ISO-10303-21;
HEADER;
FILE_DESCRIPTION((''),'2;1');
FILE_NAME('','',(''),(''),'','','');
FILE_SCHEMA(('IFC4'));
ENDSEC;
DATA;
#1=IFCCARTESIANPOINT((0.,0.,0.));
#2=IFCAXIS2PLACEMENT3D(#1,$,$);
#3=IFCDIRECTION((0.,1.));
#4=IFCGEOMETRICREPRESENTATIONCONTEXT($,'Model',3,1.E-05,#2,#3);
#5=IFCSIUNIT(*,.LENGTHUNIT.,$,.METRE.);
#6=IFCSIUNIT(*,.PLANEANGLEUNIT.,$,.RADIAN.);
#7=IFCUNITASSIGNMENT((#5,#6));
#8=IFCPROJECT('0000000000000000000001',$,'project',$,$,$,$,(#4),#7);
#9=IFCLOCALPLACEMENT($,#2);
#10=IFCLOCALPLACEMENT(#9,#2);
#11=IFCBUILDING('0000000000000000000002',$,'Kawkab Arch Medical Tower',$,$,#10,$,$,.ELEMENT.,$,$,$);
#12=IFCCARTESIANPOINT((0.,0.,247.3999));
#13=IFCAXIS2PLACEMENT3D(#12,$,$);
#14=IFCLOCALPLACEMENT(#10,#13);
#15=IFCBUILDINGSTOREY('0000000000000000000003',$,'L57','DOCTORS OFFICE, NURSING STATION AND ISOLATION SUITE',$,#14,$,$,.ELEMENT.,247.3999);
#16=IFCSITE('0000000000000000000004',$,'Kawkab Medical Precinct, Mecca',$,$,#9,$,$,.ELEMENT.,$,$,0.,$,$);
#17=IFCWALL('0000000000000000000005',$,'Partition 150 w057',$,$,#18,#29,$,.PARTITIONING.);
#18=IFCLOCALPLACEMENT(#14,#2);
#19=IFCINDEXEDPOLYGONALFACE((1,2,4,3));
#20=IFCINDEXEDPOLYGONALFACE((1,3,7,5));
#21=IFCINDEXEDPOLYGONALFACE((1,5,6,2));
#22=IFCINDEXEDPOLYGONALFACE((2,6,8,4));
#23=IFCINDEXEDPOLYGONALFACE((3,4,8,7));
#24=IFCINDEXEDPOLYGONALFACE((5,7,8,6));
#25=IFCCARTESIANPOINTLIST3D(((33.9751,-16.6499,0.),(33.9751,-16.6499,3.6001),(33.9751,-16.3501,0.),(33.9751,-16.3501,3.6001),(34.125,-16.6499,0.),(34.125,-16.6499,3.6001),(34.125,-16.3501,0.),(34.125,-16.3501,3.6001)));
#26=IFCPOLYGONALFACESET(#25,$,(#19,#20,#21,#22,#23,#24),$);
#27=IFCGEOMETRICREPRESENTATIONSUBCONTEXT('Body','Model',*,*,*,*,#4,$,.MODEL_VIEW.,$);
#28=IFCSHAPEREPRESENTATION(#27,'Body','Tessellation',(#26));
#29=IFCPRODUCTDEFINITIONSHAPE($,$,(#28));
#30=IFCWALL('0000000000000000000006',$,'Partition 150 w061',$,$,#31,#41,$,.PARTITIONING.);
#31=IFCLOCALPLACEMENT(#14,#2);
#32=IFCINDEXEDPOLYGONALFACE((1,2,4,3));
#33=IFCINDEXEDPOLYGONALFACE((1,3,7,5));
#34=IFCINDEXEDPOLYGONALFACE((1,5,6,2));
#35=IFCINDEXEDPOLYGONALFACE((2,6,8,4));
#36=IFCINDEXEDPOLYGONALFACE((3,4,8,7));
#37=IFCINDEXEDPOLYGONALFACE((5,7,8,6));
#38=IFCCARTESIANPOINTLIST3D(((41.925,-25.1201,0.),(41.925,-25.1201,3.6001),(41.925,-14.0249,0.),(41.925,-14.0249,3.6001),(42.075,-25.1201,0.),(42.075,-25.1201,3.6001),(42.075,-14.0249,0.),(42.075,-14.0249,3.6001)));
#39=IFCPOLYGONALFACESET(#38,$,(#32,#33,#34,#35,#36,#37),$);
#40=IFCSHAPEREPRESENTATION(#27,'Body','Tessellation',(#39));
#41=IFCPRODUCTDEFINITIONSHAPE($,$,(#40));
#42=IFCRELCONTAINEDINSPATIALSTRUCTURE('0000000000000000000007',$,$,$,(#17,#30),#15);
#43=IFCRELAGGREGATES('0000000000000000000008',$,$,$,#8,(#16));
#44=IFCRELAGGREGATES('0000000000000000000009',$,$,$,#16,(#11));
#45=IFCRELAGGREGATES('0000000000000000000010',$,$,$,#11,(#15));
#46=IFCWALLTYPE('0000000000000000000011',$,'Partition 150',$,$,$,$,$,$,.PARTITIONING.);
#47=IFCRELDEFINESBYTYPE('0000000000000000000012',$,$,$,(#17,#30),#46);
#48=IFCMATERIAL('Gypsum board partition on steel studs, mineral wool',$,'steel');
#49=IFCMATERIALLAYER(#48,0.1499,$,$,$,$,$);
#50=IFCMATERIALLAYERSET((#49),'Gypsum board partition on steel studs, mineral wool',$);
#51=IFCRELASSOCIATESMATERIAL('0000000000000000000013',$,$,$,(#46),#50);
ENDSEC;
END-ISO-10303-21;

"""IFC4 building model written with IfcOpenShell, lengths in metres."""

from ifc_helpers import new_model, si_unit, direction, frame, frame_2d, origin, place, context, subcontext, project, spatial, rectangle, extrude, material, layer, layer_set, type_object, element, save


model = new_model("IFC4")

# Units and contexts
model_context = context("Model", 3, precision=1e-05, world=origin(), true_north=direction((0.0, 1.0)))
body_context = subcontext(model_context, "Body", "Model", "MODEL_VIEW")
ifc_project = project(units=[si_unit("LENGTHUNIT", "METRE"), si_unit("PLANEANGLEUNIT", "RADIAN")], contexts=[model_context])

# Site, building, storey
site_placement = place(None, origin())
site = spatial("IfcSite", under=ifc_project, at=site_placement, Name="Kawkab Medical Precinct, Mecca", CompositionType="ELEMENT", RefElevation=0.0)
building_placement = place(site_placement, origin())
building = spatial("IfcBuilding", under=site, at=building_placement, Name="Kawkab Arch Medical Tower", CompositionType="ELEMENT")
storey_placement = place(building_placement, frame((0.0, 0.0, 247.3999)))
storey = spatial("IfcBuildingStorey", under=building, at=storey_placement, Name="L57", Description="DOCTORS OFFICE, NURSING STATION AND ISOLATION SUITE", CompositionType="ELEMENT", Elevation=247.3999)

# Walls
ifc_material_1 = material(Name="Gypsum board partition on steel studs, mineral wool", Category="steel")
ifc_layer_1 = layer(ifc_material_1, 0.1499)
ifc_layer_set_1 = layer_set([ifc_layer_1], Name="Gypsum board partition on steel studs, mineral wool")
wall_type_1 = type_object("IfcWallType", Name="Partition 150", PredefinedType="PARTITIONING", material=ifc_layer_set_1)
wall_1_placement = place(storey_placement, frame((34.05, -16.6499, 0.0), z_axis=(0.0, 0.0, 1.0), x_axis=(0.0, 1.0, 0.0)))
element("IfcWall", 1, at=wall_1_placement, inside=storey, type_object=wall_type_1, Name="Partition 150 w057", PredefinedType="PARTITIONING", context=body_context, shape_type="SweptSolid", body=[
    extrude(rectangle(XDim=0.2998, YDim=0.1499, at=frame_2d((0.1499, 0.0))), origin(), (0.0, 0.0, 1.0), 3.6001),
])
wall_2_placement = place(storey_placement, frame((42.0, -25.1201, 0.0), z_axis=(0.0, 0.0, 1.0), x_axis=(0.0, 1.0, 0.0)))
element("IfcWall", 2, at=wall_2_placement, inside=storey, type_object=wall_type_1, Name="Partition 150 w061", PredefinedType="PARTITIONING", context=body_context, shape_type="SweptSolid", body=[
    extrude(rectangle(XDim=11.0952, YDim=0.1499, at=frame_2d((5.5476, 0.0))), origin(), (0.0, 0.0, 1.0), 3.6001),
])

save(model, "model.ifc")
